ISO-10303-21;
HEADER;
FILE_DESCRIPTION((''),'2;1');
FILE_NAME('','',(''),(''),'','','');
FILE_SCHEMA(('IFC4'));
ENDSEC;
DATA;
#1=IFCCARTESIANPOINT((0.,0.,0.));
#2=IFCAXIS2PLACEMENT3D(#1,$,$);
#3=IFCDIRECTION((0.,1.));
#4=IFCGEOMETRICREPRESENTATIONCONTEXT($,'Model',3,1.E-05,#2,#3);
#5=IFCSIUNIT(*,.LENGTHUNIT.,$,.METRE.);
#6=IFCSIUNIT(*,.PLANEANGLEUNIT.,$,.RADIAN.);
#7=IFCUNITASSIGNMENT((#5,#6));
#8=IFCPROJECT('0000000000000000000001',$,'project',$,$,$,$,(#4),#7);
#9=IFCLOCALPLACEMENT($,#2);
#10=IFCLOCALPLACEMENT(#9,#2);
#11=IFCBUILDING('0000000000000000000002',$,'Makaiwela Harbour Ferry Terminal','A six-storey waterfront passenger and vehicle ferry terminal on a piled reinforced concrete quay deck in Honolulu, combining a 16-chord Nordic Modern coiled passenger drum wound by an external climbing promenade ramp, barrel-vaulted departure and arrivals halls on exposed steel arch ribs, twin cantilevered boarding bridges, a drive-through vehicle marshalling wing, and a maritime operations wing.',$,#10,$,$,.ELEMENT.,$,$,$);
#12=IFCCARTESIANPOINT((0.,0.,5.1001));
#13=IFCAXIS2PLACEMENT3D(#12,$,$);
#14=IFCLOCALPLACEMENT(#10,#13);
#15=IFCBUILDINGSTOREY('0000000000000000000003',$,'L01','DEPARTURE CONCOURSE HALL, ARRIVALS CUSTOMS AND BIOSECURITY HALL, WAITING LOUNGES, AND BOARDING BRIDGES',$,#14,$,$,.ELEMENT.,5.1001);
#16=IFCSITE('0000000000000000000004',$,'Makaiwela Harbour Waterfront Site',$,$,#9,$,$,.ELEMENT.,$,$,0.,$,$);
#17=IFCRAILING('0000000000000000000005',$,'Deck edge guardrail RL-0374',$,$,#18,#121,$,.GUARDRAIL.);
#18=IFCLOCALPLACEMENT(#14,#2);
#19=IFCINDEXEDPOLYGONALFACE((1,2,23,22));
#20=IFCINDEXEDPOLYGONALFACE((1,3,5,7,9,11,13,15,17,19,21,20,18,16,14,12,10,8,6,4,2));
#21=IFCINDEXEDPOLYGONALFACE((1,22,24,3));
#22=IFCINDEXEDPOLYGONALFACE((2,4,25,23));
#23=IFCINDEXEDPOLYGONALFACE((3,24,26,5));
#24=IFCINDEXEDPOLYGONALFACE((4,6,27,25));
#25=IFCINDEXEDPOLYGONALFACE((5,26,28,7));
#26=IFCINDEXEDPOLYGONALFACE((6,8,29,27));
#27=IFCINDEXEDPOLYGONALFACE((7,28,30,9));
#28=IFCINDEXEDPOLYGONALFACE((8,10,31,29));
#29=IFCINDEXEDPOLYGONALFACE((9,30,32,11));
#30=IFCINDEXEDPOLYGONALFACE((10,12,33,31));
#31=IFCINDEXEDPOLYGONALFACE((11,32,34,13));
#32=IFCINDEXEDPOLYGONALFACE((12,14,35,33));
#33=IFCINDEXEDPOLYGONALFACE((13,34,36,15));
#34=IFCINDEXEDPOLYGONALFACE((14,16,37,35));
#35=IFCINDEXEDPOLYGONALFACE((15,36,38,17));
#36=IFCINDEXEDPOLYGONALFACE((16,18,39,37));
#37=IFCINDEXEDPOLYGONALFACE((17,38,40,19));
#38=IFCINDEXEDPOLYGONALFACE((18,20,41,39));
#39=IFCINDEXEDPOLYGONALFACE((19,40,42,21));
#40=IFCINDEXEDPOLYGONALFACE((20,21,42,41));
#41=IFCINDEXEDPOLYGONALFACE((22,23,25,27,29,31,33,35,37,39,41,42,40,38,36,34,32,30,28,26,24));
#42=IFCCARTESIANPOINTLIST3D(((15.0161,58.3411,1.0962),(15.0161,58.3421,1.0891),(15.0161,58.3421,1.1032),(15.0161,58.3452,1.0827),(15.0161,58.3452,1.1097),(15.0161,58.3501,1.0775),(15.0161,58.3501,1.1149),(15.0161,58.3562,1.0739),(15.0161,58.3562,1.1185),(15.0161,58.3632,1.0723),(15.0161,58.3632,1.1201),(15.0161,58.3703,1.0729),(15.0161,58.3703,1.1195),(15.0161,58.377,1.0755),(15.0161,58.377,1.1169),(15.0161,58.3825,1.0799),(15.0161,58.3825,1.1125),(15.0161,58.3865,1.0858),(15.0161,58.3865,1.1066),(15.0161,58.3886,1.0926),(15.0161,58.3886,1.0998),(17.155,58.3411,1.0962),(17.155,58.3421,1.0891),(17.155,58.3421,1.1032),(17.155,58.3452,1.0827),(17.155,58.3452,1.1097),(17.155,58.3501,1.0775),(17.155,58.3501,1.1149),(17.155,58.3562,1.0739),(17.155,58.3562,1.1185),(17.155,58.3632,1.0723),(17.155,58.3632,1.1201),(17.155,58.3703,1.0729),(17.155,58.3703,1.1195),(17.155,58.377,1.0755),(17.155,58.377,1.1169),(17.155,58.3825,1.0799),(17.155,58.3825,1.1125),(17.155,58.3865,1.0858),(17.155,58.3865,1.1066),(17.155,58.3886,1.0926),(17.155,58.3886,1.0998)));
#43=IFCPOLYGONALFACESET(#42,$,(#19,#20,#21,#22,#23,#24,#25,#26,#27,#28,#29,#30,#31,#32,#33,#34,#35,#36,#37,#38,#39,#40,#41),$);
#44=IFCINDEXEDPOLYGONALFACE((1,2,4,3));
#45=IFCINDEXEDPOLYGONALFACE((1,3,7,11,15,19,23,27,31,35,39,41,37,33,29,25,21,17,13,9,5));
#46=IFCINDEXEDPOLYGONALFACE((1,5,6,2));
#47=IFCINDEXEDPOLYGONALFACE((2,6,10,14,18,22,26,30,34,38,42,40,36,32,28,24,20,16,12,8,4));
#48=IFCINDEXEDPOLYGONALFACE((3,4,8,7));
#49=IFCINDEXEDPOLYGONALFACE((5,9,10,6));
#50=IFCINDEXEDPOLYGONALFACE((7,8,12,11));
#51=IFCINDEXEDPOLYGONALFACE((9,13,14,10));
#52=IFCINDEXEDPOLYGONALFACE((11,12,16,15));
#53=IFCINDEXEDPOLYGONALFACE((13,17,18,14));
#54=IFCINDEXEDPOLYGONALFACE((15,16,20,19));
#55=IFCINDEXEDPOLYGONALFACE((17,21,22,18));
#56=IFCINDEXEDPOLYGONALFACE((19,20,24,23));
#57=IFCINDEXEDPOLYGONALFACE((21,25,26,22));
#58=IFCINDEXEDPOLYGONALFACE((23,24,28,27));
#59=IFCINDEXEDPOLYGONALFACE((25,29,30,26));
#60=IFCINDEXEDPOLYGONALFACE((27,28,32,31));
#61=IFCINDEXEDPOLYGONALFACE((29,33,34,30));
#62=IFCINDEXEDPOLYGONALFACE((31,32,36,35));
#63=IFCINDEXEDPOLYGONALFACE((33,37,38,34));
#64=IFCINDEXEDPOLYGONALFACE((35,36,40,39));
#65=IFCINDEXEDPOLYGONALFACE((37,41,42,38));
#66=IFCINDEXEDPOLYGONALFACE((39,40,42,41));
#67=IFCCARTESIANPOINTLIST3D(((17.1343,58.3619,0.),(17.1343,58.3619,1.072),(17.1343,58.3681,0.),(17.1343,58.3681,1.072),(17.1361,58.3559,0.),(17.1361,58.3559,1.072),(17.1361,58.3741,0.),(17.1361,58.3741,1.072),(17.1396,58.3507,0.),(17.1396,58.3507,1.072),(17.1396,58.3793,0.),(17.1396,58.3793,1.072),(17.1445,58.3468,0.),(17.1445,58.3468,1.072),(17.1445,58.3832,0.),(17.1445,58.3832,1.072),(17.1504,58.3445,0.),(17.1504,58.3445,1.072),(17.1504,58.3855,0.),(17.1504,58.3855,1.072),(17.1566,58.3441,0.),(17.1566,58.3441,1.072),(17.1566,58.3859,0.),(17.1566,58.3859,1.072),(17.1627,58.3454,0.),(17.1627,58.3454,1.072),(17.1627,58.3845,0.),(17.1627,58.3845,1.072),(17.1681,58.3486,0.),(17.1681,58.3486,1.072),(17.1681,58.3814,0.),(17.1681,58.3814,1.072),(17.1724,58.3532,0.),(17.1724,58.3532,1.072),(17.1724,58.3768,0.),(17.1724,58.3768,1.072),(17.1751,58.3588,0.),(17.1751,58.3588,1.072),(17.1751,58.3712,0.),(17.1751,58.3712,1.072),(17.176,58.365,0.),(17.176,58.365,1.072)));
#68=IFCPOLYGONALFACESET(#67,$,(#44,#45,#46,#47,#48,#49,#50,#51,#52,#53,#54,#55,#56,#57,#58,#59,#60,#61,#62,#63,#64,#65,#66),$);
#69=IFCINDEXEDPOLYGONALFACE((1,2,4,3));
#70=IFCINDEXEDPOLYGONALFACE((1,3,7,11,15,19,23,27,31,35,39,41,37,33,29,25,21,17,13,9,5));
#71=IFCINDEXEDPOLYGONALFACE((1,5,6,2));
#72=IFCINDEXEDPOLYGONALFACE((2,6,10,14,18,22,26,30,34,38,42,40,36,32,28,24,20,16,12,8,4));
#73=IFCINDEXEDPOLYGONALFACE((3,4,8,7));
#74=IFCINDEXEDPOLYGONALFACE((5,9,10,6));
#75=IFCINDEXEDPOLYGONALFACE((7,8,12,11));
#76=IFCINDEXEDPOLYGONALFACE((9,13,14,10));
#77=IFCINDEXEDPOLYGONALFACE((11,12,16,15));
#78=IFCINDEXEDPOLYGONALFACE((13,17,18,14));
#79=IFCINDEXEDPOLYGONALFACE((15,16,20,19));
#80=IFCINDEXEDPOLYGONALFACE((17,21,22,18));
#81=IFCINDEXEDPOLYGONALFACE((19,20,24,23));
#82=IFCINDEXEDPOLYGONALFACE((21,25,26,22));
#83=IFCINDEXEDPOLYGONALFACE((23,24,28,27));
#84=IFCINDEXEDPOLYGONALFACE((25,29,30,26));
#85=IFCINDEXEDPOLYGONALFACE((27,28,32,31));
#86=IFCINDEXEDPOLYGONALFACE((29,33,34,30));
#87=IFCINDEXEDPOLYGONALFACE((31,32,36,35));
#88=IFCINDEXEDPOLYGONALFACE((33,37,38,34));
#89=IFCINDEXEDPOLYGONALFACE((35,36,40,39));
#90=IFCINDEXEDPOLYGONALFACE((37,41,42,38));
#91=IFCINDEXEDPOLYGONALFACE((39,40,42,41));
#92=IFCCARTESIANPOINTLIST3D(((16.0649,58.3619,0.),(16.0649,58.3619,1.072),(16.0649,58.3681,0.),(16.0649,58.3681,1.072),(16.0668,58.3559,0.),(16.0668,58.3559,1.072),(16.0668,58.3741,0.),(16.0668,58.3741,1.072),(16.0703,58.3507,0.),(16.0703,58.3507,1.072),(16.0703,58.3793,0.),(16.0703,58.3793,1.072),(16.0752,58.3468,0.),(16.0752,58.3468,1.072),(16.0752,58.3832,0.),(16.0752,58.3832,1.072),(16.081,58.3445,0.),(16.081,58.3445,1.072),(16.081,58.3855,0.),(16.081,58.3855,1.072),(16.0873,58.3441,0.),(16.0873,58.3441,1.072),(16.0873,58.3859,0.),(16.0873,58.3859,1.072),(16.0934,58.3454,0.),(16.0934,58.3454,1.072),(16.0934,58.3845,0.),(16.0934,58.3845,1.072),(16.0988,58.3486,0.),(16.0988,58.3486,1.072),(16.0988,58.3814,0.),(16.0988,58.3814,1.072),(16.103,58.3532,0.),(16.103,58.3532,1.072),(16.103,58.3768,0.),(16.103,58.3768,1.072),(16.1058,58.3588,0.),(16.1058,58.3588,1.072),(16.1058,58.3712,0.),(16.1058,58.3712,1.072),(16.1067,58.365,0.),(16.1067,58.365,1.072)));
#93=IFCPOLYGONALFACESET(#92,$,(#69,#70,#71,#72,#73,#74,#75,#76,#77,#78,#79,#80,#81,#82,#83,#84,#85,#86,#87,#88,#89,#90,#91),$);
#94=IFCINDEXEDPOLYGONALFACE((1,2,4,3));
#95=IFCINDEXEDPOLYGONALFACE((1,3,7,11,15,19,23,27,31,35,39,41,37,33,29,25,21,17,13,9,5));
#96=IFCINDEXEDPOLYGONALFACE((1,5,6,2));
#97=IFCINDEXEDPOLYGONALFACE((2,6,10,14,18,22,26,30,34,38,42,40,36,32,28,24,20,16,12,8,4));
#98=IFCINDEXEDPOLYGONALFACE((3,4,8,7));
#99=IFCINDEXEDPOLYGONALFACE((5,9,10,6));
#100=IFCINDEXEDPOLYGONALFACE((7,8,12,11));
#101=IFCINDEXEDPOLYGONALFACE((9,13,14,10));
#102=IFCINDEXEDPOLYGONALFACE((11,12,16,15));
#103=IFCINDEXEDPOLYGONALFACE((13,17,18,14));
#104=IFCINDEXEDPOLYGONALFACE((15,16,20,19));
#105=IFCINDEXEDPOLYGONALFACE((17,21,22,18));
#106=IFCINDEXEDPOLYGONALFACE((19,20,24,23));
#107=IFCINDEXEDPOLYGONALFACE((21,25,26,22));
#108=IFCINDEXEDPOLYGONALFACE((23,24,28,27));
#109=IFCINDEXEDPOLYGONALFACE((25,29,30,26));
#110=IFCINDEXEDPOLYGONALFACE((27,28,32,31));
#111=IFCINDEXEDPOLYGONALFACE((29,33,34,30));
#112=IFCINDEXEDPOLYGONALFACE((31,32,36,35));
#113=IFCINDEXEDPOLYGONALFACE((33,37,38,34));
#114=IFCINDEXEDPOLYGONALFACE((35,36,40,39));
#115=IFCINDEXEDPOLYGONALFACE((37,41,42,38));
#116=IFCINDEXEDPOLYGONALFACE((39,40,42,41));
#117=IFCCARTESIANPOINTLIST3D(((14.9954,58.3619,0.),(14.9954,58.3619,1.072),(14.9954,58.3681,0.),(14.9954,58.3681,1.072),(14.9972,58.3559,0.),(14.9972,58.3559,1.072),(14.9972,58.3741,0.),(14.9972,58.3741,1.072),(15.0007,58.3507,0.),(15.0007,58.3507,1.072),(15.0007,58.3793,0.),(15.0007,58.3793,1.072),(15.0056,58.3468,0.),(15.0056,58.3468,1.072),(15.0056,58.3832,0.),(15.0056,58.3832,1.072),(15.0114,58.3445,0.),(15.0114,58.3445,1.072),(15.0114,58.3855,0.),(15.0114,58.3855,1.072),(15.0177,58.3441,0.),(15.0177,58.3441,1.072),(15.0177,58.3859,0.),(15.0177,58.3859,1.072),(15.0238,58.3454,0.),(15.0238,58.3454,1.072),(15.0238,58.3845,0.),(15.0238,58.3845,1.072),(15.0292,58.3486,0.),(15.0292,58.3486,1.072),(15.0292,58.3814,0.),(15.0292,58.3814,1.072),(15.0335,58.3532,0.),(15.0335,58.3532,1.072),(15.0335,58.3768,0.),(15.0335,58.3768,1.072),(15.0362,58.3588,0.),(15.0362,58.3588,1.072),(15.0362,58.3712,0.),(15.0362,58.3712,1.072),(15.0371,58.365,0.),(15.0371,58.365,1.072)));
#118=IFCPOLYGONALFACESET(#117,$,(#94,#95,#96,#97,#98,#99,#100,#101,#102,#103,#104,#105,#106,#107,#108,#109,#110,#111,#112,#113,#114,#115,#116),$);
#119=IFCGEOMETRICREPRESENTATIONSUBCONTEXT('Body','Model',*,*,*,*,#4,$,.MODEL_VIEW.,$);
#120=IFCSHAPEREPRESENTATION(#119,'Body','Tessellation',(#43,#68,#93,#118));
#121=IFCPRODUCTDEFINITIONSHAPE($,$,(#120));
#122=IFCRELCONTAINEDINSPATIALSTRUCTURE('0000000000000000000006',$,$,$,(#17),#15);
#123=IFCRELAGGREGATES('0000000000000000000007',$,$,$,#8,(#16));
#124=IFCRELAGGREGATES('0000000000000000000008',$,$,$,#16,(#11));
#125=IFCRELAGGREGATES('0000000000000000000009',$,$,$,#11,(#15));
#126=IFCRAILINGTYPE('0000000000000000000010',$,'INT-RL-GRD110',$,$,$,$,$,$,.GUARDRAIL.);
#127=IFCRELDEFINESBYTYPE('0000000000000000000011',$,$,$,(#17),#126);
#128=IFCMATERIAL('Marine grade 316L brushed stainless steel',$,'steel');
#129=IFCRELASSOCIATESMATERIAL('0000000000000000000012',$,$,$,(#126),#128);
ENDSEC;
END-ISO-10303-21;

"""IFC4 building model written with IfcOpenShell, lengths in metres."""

from ifc_helpers import new_model, si_unit, direction, frame, origin, origin_2d, place, context, subcontext, project, spatial, circle, extrude, material, type_object, element, save


model = new_model("IFC4")

# Units and contexts
model_context = context("Model", 3, precision=1e-05, world=origin(), true_north=direction((0.0, 1.0)))
body_context = subcontext(model_context, "Body", "Model", "MODEL_VIEW")
ifc_project = project(units=[si_unit("LENGTHUNIT", "METRE"), si_unit("PLANEANGLEUNIT", "RADIAN")], contexts=[model_context])

# Site, building, storey
site_placement = place(None, origin())
site = spatial("IfcSite", under=ifc_project, at=site_placement, Name="Makaiwela Harbour Waterfront Site", CompositionType="ELEMENT", RefElevation=0.0)
building_placement = place(site_placement, origin())
building = spatial("IfcBuilding", under=site, at=building_placement, Name="Makaiwela Harbour Ferry Terminal", Description="A six-storey waterfront passenger and vehicle ferry terminal on a piled reinforced concrete quay deck in Honolulu, combining a 16-chord Nordic Modern coiled passenger drum wound by an external climbing promenade ramp, barrel-vaulted departure and arrivals halls on exposed steel arch ribs, twin cantilevered boarding bridges, a drive-through vehicle marshalling wing, and a maritime operations wing.", CompositionType="ELEMENT")
storey_placement = place(building_placement, frame((0.0, 0.0, 5.1001)))
storey = spatial("IfcBuildingStorey", under=building, at=storey_placement, Name="L01", Description="DEPARTURE CONCOURSE HALL, ARRIVALS CUSTOMS AND BIOSECURITY HALL, WAITING LOUNGES, AND BOARDING BRIDGES", CompositionType="ELEMENT", Elevation=5.1001)

# Railing
ifc_material_1 = material(Name="Marine grade 316L brushed stainless steel", Category="steel")
railing_type = type_object("IfcRailingType", Name="INT-RL-GRD110", PredefinedType="GUARDRAIL", material=ifc_material_1)
railing_1_placement = place(storey_placement, frame((17.155, 58.365, 0.0)))
element("IfcRailing", 1, at=railing_1_placement, inside=storey, type_object=railing_type, Name="Deck edge guardrail RL-0374", PredefinedType="GUARDRAIL", context=body_context, shape_type="SweptSolid", body=[
    extrude(circle(Radius=0.0239, at=origin_2d()), frame((0.0, 0.0, 1.0962), z_axis=(-1.0, 0.0, 0.0), x_axis=(0.0, -1.0, 0.0)), (0.0, 0.0, 1.0), 2.1389),
    extrude(circle(Radius=0.021, at=origin_2d()), origin(), (0.0, 0.0, 1.0), 1.072),
    extrude(circle(Radius=0.021, at=origin_2d()), frame((-1.0693, 0.0, 0.0)), (0.0, 0.0, 1.0), 1.072),
    extrude(circle(Radius=0.021, at=origin_2d()), frame((-2.1389, 0.0, 0.0)), (0.0, 0.0, 1.0), 1.072),
])

save(model, "model.ifc")
